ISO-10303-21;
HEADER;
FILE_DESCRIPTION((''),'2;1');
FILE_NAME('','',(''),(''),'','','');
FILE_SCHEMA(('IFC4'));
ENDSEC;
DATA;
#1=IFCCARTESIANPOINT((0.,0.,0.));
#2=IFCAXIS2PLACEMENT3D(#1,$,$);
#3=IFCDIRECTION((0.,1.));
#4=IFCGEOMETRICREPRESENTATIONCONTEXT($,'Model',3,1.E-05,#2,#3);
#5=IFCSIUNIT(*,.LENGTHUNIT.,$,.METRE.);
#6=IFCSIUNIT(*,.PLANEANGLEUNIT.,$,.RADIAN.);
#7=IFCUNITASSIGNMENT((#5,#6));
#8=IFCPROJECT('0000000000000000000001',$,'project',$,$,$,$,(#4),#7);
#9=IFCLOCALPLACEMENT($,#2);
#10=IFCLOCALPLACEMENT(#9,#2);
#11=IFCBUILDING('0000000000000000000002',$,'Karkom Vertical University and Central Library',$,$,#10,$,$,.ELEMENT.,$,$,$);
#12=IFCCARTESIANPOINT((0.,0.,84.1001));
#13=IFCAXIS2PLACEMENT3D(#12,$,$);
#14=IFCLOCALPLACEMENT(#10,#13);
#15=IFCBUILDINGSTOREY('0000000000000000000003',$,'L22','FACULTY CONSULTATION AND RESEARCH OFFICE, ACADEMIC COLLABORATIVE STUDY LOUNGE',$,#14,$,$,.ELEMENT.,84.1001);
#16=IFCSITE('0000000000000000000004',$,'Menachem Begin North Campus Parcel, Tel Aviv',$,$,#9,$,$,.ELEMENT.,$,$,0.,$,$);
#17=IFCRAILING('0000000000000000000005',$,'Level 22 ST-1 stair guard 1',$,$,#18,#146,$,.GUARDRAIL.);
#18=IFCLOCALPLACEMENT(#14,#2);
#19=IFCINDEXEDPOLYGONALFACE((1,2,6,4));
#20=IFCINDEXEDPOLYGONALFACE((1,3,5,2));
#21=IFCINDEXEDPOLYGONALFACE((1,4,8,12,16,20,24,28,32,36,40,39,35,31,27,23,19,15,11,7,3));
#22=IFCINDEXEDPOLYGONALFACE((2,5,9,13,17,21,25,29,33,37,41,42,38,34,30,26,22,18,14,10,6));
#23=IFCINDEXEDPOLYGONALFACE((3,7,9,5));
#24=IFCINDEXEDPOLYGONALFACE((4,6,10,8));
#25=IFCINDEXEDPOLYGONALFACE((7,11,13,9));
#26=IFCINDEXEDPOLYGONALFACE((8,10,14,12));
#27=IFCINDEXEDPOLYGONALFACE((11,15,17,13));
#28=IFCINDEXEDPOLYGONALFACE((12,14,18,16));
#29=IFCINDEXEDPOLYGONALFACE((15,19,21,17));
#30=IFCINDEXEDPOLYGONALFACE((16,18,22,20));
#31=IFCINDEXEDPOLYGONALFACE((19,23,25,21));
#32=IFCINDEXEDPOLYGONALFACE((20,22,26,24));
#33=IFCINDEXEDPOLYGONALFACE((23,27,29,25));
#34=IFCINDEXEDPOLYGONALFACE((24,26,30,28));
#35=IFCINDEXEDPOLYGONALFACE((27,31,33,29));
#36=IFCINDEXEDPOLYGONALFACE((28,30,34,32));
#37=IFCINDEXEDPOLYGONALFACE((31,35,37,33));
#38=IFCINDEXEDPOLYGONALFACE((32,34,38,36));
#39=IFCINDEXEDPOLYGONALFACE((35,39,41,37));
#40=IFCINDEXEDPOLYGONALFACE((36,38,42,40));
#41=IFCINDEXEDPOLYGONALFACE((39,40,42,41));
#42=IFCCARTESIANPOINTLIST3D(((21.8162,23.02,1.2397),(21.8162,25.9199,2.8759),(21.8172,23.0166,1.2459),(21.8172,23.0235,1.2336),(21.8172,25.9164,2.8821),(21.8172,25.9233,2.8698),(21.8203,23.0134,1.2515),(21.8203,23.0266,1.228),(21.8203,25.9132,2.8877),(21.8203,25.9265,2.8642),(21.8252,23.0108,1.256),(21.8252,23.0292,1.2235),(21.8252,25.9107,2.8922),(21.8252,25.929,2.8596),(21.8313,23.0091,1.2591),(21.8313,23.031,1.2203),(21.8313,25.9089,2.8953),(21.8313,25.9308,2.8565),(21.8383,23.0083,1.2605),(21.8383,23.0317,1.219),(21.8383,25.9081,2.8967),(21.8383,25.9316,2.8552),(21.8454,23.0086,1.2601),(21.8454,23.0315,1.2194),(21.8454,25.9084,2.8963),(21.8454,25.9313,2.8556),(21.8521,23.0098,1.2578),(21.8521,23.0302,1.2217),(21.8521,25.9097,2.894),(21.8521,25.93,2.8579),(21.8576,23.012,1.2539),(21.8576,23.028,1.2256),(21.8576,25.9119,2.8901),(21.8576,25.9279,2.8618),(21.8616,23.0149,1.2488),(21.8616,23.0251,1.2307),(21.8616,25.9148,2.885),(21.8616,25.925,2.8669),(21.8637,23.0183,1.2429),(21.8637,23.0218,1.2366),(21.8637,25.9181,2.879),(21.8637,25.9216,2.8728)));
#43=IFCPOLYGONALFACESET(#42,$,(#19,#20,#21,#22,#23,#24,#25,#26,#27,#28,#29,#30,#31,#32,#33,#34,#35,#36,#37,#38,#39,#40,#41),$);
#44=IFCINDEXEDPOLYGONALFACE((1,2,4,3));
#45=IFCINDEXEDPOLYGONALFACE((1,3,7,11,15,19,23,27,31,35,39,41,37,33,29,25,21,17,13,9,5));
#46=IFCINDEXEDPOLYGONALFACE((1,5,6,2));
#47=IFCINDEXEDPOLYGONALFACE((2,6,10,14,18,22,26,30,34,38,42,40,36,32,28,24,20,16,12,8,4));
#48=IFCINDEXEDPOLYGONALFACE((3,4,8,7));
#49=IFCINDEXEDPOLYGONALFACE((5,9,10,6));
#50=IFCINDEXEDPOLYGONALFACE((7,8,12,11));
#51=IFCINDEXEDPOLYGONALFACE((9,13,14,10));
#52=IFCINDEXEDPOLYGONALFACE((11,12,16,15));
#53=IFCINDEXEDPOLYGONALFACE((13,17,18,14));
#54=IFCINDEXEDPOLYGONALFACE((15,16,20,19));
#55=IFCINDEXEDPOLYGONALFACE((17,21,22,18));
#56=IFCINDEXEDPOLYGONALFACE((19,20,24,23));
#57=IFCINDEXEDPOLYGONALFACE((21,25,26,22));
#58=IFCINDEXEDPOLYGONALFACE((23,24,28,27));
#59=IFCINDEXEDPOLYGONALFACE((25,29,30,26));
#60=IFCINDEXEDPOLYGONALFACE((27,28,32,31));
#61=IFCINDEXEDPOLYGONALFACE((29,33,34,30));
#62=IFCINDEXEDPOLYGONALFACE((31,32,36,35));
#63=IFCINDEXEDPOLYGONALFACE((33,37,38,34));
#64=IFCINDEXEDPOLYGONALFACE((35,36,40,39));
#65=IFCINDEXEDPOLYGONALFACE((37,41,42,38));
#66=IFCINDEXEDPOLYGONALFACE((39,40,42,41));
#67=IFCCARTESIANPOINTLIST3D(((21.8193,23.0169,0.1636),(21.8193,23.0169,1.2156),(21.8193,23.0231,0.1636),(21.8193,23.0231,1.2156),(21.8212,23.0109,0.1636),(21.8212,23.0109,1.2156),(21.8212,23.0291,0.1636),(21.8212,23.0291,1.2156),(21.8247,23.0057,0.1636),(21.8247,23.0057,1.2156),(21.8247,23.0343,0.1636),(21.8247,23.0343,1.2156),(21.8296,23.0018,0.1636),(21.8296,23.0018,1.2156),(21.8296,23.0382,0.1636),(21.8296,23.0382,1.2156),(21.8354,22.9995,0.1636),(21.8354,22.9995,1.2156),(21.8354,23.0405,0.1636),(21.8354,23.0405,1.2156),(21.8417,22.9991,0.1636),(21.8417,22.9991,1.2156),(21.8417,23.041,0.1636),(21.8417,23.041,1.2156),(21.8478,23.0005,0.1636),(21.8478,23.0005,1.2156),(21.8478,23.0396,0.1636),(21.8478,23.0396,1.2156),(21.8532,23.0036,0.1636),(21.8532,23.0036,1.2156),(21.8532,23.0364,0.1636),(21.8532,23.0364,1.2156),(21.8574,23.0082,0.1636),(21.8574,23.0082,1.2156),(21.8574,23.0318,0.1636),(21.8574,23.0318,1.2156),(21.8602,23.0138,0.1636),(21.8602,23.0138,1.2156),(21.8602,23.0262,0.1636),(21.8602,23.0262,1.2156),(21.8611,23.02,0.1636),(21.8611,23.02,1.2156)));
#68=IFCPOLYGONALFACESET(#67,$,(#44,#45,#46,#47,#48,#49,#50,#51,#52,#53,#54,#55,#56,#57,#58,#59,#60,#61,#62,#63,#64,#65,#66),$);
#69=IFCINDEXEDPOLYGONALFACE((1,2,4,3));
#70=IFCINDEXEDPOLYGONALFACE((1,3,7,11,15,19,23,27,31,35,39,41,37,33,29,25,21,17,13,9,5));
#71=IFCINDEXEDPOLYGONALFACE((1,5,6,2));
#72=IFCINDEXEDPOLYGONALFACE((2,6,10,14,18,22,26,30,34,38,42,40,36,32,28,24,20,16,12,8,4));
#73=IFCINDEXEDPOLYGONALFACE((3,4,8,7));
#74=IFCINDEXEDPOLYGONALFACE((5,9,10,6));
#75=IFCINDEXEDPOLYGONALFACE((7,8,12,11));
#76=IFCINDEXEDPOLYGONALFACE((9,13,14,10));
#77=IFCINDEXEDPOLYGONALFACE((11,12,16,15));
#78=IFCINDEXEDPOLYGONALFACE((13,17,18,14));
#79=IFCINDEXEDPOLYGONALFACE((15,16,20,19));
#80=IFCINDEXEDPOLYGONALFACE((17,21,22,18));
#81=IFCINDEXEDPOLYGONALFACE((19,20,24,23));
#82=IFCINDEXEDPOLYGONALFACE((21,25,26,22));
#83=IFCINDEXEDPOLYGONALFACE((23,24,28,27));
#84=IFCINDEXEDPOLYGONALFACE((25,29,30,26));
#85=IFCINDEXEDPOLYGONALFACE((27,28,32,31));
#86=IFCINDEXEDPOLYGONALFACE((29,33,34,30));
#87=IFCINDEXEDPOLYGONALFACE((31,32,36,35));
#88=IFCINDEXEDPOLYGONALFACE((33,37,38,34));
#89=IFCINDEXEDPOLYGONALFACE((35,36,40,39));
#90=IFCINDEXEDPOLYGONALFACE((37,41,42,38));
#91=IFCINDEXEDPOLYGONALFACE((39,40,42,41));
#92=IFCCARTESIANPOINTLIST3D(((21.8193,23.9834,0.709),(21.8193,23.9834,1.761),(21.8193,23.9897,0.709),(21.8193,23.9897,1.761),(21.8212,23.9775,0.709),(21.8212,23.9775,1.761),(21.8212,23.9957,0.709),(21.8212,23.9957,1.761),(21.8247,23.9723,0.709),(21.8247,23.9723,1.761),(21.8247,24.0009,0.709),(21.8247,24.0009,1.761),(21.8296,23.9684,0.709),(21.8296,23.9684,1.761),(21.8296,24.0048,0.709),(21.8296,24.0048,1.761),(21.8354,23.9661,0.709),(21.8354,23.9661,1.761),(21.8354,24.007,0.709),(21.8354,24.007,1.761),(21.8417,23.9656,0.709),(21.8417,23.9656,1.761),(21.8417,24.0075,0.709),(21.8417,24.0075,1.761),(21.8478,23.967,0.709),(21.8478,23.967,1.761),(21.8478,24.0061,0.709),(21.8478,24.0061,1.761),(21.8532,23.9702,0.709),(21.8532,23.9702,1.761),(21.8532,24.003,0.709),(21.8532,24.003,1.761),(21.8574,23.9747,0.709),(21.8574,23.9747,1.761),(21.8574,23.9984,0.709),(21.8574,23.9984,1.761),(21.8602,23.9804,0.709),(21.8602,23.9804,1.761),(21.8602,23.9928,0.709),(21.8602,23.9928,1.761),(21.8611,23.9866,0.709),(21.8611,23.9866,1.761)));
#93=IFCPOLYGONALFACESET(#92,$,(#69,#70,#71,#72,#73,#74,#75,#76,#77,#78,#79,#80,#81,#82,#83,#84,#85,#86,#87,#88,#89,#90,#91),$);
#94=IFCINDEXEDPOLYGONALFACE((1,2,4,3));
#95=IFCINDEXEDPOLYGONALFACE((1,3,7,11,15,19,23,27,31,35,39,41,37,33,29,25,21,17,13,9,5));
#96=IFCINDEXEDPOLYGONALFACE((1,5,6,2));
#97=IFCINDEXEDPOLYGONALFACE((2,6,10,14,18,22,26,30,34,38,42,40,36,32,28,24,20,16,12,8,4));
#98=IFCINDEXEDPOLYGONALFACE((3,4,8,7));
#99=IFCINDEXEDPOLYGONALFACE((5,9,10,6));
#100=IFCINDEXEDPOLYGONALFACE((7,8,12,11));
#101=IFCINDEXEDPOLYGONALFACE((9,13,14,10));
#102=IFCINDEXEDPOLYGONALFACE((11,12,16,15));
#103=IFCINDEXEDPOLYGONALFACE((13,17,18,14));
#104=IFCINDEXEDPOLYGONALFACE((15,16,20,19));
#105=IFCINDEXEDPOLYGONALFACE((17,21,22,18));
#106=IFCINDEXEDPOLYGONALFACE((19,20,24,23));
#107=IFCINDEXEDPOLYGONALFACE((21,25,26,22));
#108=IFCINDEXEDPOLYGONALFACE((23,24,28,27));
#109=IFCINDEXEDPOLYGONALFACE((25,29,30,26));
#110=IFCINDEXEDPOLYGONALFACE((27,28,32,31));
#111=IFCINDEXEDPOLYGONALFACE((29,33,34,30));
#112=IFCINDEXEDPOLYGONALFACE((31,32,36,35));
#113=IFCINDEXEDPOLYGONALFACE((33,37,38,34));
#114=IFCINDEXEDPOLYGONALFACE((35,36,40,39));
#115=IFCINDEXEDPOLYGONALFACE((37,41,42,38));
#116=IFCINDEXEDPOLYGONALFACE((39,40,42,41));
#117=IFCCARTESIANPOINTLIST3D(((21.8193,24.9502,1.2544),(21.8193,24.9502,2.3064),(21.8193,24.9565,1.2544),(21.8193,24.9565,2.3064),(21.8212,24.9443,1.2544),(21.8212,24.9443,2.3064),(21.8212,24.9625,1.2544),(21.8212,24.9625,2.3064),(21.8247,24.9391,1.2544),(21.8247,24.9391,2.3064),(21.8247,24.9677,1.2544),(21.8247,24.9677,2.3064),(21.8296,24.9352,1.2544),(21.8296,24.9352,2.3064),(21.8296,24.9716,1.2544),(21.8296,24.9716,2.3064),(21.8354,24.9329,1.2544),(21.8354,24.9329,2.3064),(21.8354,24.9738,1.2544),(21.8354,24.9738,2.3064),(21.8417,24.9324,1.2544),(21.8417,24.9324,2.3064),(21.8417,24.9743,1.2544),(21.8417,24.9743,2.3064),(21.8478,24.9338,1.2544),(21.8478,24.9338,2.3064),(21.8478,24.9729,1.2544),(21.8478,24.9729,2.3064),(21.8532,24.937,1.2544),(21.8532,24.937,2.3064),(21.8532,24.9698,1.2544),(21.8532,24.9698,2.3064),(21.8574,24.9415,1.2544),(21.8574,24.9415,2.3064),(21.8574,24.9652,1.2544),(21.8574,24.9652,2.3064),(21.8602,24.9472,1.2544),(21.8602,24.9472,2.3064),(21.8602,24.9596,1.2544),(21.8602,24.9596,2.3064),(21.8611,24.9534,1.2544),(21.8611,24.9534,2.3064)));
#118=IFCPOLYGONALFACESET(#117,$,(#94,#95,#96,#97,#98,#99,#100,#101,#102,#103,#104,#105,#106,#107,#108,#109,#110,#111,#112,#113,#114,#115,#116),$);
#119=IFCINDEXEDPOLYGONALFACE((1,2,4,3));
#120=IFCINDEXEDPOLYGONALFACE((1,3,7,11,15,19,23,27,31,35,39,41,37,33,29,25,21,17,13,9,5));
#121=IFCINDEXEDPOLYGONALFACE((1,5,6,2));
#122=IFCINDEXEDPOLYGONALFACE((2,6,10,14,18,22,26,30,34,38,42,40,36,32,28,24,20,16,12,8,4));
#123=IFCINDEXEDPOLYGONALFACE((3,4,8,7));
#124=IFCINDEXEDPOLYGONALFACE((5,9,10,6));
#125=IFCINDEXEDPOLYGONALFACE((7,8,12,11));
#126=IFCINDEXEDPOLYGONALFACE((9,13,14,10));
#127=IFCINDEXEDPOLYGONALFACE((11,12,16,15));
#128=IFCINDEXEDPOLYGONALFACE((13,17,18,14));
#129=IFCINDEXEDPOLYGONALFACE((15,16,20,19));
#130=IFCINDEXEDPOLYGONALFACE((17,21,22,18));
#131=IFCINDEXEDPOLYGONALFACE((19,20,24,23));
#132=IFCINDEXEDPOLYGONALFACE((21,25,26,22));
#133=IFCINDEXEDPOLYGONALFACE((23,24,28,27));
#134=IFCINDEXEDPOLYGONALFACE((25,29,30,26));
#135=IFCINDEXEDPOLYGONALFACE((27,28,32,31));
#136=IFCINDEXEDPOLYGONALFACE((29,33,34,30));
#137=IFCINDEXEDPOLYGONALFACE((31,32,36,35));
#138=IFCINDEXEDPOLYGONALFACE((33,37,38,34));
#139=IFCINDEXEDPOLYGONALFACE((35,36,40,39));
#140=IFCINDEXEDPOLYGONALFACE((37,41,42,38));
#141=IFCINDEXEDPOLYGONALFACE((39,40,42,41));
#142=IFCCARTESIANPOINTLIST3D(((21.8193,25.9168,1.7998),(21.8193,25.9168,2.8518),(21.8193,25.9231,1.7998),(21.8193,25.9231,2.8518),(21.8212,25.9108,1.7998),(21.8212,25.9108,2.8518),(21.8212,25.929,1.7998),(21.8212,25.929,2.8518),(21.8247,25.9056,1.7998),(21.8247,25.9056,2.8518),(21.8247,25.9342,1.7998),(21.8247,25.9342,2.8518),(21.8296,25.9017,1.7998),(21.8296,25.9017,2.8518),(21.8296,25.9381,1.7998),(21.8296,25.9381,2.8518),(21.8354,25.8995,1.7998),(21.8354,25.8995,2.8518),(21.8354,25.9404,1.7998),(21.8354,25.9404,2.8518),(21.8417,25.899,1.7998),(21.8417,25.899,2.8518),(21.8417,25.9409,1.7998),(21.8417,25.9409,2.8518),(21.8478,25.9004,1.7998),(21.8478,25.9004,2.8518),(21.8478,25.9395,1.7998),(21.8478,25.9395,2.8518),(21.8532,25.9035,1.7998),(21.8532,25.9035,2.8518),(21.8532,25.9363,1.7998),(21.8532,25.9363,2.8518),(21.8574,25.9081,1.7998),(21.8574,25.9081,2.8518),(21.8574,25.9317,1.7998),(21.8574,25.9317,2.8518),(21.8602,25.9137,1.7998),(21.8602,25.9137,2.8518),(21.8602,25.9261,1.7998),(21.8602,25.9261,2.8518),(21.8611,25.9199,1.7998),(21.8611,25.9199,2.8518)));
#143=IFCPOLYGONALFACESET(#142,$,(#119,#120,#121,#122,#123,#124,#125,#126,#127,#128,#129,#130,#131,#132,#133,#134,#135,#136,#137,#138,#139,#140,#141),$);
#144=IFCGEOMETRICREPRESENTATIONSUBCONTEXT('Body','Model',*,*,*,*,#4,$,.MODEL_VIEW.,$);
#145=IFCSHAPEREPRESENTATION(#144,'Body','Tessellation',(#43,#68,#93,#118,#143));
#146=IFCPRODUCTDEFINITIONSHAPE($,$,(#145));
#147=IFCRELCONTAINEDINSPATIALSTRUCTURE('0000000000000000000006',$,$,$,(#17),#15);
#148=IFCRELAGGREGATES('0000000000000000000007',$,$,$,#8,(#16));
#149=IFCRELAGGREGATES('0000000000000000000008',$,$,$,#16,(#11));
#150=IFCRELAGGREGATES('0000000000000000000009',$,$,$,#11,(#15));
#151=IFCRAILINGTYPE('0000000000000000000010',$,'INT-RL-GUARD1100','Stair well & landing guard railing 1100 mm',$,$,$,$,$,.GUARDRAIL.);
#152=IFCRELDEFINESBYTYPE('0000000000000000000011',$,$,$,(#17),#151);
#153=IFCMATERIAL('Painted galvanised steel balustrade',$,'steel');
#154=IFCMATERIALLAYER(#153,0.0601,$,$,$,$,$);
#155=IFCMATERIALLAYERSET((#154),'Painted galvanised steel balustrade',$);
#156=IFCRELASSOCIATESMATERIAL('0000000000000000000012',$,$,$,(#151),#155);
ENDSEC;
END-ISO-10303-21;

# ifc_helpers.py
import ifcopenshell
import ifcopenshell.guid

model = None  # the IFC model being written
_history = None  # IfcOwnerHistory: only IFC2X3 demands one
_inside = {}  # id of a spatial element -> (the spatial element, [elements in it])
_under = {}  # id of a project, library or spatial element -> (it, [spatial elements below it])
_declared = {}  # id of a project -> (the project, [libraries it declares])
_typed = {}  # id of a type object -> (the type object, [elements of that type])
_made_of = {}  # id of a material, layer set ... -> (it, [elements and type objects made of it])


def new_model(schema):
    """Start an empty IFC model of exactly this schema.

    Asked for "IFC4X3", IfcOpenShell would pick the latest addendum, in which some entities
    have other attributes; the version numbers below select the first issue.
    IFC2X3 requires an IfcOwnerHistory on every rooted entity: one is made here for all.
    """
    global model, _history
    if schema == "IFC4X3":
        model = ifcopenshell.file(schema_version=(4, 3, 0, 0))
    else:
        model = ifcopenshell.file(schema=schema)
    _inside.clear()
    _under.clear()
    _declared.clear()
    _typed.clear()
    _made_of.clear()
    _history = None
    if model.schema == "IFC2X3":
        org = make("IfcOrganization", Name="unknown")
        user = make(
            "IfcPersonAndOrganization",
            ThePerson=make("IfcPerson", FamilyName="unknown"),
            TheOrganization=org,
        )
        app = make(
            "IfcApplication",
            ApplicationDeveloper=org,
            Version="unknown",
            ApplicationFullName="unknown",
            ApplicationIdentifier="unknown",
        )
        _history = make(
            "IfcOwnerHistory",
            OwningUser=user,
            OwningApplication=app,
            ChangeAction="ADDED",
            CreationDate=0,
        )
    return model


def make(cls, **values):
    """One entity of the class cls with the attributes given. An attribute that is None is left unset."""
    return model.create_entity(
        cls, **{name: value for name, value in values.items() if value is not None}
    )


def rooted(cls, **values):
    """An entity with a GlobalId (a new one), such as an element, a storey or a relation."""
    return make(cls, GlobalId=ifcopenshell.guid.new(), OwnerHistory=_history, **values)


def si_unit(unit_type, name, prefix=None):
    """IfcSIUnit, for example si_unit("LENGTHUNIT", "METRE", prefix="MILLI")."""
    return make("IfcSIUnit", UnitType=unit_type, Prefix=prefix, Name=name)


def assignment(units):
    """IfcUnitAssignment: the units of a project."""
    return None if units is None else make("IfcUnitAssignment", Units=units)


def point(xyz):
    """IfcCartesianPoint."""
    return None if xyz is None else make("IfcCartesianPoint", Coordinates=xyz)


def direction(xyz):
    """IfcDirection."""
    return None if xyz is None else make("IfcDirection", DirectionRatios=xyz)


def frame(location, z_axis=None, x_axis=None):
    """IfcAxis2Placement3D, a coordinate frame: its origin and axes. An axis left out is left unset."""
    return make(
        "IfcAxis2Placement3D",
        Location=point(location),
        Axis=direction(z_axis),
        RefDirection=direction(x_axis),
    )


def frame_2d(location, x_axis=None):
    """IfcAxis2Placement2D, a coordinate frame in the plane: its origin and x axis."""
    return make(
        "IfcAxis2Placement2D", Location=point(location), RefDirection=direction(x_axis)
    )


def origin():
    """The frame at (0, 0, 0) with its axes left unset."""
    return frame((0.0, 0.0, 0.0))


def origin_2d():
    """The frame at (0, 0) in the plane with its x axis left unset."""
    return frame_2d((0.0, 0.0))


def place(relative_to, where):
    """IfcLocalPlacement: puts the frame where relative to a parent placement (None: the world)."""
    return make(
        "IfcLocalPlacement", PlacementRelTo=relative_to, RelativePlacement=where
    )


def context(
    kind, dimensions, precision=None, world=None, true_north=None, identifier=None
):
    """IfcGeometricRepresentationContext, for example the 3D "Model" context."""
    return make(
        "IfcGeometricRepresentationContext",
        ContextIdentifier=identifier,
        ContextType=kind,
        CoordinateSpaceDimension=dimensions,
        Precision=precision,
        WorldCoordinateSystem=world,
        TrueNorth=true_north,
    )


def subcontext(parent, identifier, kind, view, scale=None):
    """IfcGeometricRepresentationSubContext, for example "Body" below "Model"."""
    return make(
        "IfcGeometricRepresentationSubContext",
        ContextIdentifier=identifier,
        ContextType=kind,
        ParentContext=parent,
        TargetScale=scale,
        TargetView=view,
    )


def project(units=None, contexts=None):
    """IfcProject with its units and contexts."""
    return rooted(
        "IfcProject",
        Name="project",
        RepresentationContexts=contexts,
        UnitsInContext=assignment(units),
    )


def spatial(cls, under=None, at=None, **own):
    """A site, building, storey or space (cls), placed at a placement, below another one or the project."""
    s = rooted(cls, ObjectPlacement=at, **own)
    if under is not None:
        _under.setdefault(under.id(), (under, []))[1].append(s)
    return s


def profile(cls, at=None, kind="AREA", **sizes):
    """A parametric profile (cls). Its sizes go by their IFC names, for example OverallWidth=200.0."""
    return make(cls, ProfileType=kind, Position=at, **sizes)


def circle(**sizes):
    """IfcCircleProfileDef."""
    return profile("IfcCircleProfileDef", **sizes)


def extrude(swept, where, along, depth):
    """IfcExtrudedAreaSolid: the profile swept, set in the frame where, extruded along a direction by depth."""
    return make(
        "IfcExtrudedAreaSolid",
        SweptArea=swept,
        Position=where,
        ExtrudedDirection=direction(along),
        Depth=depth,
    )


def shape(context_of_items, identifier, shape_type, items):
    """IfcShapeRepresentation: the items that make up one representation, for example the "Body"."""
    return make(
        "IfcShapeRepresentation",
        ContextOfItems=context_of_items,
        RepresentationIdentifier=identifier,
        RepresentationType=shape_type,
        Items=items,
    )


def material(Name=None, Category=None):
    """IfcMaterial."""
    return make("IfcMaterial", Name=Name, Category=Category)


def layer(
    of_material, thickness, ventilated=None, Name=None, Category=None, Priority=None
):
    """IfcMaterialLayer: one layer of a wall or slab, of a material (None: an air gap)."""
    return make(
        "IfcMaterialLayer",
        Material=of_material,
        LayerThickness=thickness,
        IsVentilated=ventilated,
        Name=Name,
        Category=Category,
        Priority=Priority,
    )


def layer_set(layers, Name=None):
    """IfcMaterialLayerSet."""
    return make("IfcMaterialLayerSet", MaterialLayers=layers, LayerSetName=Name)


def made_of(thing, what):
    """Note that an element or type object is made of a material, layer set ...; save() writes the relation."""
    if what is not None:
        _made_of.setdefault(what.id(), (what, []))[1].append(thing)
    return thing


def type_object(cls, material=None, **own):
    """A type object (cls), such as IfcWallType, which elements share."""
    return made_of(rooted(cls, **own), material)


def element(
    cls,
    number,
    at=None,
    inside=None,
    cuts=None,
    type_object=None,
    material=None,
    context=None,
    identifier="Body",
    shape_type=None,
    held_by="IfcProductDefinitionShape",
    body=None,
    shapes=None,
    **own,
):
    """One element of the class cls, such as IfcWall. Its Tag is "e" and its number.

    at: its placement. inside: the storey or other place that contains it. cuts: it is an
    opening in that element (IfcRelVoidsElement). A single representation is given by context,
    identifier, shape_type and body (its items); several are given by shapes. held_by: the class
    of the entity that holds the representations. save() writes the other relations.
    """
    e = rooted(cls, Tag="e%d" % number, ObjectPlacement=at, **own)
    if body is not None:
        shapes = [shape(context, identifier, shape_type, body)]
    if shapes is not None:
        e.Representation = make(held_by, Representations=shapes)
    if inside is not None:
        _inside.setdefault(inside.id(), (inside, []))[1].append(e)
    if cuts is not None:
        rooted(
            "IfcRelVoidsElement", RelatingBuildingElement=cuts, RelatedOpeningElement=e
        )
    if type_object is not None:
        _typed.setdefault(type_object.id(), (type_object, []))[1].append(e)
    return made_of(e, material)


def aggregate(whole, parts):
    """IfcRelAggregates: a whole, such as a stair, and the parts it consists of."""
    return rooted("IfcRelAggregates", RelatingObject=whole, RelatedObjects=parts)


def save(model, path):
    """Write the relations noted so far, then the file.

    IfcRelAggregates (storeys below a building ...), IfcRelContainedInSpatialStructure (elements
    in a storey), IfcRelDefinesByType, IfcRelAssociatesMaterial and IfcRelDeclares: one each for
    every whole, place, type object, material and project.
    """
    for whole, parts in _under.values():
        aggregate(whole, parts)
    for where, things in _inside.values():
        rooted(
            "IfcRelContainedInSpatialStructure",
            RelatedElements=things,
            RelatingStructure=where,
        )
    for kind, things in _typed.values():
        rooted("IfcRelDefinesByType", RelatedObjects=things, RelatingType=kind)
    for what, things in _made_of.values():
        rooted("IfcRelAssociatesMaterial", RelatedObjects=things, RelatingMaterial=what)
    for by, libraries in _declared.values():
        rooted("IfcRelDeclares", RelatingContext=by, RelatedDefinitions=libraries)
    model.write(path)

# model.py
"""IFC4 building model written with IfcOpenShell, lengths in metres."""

from ifc_helpers import new_model, si_unit, direction, frame, origin, origin_2d, place, context, subcontext, project, spatial, circle, extrude, material, layer, layer_set, type_object, element, save


model = new_model("IFC4")

# Units and contexts
model_context = context("Model", 3, precision=1e-05, world=origin(), true_north=direction((0.0, 1.0)))
body_context = subcontext(model_context, "Body", "Model", "MODEL_VIEW")
ifc_project = project(units=[si_unit("LENGTHUNIT", "METRE"), si_unit("PLANEANGLEUNIT", "RADIAN")], contexts=[model_context])

# Site, building, storey
site_placement = place(None, origin())
site = spatial("IfcSite", under=ifc_project, at=site_placement, Name="Menachem Begin North Campus Parcel, Tel Aviv", CompositionType="ELEMENT", RefElevation=0.0)
building_placement = place(site_placement, origin())
building = spatial("IfcBuilding", under=site, at=building_placement, Name="Karkom Vertical University and Central Library", CompositionType="ELEMENT")
storey_placement = place(building_placement, frame((0.0, 0.0, 84.1001)))
storey = spatial("IfcBuildingStorey", under=building, at=storey_placement, Name="L22", Description="FACULTY CONSULTATION AND RESEARCH OFFICE, ACADEMIC COLLABORATIVE STUDY LOUNGE", CompositionType="ELEMENT", Elevation=84.1001)

# Railing
ifc_material_1 = material(Name="Painted galvanised steel balustrade", Category="steel")
ifc_layer_1 = layer(ifc_material_1, 0.0601)
ifc_layer_set_1 = layer_set([ifc_layer_1], Name="Painted galvanised steel balustrade")
railing_type_1 = type_object("IfcRailingType", Name="INT-RL-GUARD1100", Description="Stair well & landing guard railing 1100 mm", PredefinedType="GUARDRAIL", material=ifc_layer_set_1)
railing_1_placement = place(storey_placement, frame((21.8401, 23.02, 0.1636)))
element("IfcRailing", 1, at=railing_1_placement, inside=storey, type_object=railing_type_1, Name="Level 22 ST-1 stair guard 1", PredefinedType="GUARDRAIL", context=body_context, shape_type="SweptSolid", body=[
    extrude(circle(Radius=0.0239, at=origin_2d()), frame((0.0, 0.0, 1.0762), z_axis=(0.0, 0.870929, 0.49141), x_axis=(-1.0, 0.0, 0.0)), (0.0, 0.0, 1.0), 3.3296),
    extrude(circle(Radius=0.021, at=origin_2d()), origin(), (0.0, 0.0, 1.0), 1.052),
    extrude(circle(Radius=0.021, at=origin_2d()), frame((0.0, 0.9666, 0.5454)), (0.0, 0.0, 1.0), 1.052),
    extrude(circle(Radius=0.021, at=origin_2d()), frame((0.0, 1.9333, 1.0908)), (0.0, 0.0, 1.0), 1.052),
    extrude(circle(Radius=0.021, at=origin_2d()), frame((0.0, 2.8999, 1.6362)), (0.0, 0.0, 1.0), 1.052),
])

save(model, "model.ifc")
